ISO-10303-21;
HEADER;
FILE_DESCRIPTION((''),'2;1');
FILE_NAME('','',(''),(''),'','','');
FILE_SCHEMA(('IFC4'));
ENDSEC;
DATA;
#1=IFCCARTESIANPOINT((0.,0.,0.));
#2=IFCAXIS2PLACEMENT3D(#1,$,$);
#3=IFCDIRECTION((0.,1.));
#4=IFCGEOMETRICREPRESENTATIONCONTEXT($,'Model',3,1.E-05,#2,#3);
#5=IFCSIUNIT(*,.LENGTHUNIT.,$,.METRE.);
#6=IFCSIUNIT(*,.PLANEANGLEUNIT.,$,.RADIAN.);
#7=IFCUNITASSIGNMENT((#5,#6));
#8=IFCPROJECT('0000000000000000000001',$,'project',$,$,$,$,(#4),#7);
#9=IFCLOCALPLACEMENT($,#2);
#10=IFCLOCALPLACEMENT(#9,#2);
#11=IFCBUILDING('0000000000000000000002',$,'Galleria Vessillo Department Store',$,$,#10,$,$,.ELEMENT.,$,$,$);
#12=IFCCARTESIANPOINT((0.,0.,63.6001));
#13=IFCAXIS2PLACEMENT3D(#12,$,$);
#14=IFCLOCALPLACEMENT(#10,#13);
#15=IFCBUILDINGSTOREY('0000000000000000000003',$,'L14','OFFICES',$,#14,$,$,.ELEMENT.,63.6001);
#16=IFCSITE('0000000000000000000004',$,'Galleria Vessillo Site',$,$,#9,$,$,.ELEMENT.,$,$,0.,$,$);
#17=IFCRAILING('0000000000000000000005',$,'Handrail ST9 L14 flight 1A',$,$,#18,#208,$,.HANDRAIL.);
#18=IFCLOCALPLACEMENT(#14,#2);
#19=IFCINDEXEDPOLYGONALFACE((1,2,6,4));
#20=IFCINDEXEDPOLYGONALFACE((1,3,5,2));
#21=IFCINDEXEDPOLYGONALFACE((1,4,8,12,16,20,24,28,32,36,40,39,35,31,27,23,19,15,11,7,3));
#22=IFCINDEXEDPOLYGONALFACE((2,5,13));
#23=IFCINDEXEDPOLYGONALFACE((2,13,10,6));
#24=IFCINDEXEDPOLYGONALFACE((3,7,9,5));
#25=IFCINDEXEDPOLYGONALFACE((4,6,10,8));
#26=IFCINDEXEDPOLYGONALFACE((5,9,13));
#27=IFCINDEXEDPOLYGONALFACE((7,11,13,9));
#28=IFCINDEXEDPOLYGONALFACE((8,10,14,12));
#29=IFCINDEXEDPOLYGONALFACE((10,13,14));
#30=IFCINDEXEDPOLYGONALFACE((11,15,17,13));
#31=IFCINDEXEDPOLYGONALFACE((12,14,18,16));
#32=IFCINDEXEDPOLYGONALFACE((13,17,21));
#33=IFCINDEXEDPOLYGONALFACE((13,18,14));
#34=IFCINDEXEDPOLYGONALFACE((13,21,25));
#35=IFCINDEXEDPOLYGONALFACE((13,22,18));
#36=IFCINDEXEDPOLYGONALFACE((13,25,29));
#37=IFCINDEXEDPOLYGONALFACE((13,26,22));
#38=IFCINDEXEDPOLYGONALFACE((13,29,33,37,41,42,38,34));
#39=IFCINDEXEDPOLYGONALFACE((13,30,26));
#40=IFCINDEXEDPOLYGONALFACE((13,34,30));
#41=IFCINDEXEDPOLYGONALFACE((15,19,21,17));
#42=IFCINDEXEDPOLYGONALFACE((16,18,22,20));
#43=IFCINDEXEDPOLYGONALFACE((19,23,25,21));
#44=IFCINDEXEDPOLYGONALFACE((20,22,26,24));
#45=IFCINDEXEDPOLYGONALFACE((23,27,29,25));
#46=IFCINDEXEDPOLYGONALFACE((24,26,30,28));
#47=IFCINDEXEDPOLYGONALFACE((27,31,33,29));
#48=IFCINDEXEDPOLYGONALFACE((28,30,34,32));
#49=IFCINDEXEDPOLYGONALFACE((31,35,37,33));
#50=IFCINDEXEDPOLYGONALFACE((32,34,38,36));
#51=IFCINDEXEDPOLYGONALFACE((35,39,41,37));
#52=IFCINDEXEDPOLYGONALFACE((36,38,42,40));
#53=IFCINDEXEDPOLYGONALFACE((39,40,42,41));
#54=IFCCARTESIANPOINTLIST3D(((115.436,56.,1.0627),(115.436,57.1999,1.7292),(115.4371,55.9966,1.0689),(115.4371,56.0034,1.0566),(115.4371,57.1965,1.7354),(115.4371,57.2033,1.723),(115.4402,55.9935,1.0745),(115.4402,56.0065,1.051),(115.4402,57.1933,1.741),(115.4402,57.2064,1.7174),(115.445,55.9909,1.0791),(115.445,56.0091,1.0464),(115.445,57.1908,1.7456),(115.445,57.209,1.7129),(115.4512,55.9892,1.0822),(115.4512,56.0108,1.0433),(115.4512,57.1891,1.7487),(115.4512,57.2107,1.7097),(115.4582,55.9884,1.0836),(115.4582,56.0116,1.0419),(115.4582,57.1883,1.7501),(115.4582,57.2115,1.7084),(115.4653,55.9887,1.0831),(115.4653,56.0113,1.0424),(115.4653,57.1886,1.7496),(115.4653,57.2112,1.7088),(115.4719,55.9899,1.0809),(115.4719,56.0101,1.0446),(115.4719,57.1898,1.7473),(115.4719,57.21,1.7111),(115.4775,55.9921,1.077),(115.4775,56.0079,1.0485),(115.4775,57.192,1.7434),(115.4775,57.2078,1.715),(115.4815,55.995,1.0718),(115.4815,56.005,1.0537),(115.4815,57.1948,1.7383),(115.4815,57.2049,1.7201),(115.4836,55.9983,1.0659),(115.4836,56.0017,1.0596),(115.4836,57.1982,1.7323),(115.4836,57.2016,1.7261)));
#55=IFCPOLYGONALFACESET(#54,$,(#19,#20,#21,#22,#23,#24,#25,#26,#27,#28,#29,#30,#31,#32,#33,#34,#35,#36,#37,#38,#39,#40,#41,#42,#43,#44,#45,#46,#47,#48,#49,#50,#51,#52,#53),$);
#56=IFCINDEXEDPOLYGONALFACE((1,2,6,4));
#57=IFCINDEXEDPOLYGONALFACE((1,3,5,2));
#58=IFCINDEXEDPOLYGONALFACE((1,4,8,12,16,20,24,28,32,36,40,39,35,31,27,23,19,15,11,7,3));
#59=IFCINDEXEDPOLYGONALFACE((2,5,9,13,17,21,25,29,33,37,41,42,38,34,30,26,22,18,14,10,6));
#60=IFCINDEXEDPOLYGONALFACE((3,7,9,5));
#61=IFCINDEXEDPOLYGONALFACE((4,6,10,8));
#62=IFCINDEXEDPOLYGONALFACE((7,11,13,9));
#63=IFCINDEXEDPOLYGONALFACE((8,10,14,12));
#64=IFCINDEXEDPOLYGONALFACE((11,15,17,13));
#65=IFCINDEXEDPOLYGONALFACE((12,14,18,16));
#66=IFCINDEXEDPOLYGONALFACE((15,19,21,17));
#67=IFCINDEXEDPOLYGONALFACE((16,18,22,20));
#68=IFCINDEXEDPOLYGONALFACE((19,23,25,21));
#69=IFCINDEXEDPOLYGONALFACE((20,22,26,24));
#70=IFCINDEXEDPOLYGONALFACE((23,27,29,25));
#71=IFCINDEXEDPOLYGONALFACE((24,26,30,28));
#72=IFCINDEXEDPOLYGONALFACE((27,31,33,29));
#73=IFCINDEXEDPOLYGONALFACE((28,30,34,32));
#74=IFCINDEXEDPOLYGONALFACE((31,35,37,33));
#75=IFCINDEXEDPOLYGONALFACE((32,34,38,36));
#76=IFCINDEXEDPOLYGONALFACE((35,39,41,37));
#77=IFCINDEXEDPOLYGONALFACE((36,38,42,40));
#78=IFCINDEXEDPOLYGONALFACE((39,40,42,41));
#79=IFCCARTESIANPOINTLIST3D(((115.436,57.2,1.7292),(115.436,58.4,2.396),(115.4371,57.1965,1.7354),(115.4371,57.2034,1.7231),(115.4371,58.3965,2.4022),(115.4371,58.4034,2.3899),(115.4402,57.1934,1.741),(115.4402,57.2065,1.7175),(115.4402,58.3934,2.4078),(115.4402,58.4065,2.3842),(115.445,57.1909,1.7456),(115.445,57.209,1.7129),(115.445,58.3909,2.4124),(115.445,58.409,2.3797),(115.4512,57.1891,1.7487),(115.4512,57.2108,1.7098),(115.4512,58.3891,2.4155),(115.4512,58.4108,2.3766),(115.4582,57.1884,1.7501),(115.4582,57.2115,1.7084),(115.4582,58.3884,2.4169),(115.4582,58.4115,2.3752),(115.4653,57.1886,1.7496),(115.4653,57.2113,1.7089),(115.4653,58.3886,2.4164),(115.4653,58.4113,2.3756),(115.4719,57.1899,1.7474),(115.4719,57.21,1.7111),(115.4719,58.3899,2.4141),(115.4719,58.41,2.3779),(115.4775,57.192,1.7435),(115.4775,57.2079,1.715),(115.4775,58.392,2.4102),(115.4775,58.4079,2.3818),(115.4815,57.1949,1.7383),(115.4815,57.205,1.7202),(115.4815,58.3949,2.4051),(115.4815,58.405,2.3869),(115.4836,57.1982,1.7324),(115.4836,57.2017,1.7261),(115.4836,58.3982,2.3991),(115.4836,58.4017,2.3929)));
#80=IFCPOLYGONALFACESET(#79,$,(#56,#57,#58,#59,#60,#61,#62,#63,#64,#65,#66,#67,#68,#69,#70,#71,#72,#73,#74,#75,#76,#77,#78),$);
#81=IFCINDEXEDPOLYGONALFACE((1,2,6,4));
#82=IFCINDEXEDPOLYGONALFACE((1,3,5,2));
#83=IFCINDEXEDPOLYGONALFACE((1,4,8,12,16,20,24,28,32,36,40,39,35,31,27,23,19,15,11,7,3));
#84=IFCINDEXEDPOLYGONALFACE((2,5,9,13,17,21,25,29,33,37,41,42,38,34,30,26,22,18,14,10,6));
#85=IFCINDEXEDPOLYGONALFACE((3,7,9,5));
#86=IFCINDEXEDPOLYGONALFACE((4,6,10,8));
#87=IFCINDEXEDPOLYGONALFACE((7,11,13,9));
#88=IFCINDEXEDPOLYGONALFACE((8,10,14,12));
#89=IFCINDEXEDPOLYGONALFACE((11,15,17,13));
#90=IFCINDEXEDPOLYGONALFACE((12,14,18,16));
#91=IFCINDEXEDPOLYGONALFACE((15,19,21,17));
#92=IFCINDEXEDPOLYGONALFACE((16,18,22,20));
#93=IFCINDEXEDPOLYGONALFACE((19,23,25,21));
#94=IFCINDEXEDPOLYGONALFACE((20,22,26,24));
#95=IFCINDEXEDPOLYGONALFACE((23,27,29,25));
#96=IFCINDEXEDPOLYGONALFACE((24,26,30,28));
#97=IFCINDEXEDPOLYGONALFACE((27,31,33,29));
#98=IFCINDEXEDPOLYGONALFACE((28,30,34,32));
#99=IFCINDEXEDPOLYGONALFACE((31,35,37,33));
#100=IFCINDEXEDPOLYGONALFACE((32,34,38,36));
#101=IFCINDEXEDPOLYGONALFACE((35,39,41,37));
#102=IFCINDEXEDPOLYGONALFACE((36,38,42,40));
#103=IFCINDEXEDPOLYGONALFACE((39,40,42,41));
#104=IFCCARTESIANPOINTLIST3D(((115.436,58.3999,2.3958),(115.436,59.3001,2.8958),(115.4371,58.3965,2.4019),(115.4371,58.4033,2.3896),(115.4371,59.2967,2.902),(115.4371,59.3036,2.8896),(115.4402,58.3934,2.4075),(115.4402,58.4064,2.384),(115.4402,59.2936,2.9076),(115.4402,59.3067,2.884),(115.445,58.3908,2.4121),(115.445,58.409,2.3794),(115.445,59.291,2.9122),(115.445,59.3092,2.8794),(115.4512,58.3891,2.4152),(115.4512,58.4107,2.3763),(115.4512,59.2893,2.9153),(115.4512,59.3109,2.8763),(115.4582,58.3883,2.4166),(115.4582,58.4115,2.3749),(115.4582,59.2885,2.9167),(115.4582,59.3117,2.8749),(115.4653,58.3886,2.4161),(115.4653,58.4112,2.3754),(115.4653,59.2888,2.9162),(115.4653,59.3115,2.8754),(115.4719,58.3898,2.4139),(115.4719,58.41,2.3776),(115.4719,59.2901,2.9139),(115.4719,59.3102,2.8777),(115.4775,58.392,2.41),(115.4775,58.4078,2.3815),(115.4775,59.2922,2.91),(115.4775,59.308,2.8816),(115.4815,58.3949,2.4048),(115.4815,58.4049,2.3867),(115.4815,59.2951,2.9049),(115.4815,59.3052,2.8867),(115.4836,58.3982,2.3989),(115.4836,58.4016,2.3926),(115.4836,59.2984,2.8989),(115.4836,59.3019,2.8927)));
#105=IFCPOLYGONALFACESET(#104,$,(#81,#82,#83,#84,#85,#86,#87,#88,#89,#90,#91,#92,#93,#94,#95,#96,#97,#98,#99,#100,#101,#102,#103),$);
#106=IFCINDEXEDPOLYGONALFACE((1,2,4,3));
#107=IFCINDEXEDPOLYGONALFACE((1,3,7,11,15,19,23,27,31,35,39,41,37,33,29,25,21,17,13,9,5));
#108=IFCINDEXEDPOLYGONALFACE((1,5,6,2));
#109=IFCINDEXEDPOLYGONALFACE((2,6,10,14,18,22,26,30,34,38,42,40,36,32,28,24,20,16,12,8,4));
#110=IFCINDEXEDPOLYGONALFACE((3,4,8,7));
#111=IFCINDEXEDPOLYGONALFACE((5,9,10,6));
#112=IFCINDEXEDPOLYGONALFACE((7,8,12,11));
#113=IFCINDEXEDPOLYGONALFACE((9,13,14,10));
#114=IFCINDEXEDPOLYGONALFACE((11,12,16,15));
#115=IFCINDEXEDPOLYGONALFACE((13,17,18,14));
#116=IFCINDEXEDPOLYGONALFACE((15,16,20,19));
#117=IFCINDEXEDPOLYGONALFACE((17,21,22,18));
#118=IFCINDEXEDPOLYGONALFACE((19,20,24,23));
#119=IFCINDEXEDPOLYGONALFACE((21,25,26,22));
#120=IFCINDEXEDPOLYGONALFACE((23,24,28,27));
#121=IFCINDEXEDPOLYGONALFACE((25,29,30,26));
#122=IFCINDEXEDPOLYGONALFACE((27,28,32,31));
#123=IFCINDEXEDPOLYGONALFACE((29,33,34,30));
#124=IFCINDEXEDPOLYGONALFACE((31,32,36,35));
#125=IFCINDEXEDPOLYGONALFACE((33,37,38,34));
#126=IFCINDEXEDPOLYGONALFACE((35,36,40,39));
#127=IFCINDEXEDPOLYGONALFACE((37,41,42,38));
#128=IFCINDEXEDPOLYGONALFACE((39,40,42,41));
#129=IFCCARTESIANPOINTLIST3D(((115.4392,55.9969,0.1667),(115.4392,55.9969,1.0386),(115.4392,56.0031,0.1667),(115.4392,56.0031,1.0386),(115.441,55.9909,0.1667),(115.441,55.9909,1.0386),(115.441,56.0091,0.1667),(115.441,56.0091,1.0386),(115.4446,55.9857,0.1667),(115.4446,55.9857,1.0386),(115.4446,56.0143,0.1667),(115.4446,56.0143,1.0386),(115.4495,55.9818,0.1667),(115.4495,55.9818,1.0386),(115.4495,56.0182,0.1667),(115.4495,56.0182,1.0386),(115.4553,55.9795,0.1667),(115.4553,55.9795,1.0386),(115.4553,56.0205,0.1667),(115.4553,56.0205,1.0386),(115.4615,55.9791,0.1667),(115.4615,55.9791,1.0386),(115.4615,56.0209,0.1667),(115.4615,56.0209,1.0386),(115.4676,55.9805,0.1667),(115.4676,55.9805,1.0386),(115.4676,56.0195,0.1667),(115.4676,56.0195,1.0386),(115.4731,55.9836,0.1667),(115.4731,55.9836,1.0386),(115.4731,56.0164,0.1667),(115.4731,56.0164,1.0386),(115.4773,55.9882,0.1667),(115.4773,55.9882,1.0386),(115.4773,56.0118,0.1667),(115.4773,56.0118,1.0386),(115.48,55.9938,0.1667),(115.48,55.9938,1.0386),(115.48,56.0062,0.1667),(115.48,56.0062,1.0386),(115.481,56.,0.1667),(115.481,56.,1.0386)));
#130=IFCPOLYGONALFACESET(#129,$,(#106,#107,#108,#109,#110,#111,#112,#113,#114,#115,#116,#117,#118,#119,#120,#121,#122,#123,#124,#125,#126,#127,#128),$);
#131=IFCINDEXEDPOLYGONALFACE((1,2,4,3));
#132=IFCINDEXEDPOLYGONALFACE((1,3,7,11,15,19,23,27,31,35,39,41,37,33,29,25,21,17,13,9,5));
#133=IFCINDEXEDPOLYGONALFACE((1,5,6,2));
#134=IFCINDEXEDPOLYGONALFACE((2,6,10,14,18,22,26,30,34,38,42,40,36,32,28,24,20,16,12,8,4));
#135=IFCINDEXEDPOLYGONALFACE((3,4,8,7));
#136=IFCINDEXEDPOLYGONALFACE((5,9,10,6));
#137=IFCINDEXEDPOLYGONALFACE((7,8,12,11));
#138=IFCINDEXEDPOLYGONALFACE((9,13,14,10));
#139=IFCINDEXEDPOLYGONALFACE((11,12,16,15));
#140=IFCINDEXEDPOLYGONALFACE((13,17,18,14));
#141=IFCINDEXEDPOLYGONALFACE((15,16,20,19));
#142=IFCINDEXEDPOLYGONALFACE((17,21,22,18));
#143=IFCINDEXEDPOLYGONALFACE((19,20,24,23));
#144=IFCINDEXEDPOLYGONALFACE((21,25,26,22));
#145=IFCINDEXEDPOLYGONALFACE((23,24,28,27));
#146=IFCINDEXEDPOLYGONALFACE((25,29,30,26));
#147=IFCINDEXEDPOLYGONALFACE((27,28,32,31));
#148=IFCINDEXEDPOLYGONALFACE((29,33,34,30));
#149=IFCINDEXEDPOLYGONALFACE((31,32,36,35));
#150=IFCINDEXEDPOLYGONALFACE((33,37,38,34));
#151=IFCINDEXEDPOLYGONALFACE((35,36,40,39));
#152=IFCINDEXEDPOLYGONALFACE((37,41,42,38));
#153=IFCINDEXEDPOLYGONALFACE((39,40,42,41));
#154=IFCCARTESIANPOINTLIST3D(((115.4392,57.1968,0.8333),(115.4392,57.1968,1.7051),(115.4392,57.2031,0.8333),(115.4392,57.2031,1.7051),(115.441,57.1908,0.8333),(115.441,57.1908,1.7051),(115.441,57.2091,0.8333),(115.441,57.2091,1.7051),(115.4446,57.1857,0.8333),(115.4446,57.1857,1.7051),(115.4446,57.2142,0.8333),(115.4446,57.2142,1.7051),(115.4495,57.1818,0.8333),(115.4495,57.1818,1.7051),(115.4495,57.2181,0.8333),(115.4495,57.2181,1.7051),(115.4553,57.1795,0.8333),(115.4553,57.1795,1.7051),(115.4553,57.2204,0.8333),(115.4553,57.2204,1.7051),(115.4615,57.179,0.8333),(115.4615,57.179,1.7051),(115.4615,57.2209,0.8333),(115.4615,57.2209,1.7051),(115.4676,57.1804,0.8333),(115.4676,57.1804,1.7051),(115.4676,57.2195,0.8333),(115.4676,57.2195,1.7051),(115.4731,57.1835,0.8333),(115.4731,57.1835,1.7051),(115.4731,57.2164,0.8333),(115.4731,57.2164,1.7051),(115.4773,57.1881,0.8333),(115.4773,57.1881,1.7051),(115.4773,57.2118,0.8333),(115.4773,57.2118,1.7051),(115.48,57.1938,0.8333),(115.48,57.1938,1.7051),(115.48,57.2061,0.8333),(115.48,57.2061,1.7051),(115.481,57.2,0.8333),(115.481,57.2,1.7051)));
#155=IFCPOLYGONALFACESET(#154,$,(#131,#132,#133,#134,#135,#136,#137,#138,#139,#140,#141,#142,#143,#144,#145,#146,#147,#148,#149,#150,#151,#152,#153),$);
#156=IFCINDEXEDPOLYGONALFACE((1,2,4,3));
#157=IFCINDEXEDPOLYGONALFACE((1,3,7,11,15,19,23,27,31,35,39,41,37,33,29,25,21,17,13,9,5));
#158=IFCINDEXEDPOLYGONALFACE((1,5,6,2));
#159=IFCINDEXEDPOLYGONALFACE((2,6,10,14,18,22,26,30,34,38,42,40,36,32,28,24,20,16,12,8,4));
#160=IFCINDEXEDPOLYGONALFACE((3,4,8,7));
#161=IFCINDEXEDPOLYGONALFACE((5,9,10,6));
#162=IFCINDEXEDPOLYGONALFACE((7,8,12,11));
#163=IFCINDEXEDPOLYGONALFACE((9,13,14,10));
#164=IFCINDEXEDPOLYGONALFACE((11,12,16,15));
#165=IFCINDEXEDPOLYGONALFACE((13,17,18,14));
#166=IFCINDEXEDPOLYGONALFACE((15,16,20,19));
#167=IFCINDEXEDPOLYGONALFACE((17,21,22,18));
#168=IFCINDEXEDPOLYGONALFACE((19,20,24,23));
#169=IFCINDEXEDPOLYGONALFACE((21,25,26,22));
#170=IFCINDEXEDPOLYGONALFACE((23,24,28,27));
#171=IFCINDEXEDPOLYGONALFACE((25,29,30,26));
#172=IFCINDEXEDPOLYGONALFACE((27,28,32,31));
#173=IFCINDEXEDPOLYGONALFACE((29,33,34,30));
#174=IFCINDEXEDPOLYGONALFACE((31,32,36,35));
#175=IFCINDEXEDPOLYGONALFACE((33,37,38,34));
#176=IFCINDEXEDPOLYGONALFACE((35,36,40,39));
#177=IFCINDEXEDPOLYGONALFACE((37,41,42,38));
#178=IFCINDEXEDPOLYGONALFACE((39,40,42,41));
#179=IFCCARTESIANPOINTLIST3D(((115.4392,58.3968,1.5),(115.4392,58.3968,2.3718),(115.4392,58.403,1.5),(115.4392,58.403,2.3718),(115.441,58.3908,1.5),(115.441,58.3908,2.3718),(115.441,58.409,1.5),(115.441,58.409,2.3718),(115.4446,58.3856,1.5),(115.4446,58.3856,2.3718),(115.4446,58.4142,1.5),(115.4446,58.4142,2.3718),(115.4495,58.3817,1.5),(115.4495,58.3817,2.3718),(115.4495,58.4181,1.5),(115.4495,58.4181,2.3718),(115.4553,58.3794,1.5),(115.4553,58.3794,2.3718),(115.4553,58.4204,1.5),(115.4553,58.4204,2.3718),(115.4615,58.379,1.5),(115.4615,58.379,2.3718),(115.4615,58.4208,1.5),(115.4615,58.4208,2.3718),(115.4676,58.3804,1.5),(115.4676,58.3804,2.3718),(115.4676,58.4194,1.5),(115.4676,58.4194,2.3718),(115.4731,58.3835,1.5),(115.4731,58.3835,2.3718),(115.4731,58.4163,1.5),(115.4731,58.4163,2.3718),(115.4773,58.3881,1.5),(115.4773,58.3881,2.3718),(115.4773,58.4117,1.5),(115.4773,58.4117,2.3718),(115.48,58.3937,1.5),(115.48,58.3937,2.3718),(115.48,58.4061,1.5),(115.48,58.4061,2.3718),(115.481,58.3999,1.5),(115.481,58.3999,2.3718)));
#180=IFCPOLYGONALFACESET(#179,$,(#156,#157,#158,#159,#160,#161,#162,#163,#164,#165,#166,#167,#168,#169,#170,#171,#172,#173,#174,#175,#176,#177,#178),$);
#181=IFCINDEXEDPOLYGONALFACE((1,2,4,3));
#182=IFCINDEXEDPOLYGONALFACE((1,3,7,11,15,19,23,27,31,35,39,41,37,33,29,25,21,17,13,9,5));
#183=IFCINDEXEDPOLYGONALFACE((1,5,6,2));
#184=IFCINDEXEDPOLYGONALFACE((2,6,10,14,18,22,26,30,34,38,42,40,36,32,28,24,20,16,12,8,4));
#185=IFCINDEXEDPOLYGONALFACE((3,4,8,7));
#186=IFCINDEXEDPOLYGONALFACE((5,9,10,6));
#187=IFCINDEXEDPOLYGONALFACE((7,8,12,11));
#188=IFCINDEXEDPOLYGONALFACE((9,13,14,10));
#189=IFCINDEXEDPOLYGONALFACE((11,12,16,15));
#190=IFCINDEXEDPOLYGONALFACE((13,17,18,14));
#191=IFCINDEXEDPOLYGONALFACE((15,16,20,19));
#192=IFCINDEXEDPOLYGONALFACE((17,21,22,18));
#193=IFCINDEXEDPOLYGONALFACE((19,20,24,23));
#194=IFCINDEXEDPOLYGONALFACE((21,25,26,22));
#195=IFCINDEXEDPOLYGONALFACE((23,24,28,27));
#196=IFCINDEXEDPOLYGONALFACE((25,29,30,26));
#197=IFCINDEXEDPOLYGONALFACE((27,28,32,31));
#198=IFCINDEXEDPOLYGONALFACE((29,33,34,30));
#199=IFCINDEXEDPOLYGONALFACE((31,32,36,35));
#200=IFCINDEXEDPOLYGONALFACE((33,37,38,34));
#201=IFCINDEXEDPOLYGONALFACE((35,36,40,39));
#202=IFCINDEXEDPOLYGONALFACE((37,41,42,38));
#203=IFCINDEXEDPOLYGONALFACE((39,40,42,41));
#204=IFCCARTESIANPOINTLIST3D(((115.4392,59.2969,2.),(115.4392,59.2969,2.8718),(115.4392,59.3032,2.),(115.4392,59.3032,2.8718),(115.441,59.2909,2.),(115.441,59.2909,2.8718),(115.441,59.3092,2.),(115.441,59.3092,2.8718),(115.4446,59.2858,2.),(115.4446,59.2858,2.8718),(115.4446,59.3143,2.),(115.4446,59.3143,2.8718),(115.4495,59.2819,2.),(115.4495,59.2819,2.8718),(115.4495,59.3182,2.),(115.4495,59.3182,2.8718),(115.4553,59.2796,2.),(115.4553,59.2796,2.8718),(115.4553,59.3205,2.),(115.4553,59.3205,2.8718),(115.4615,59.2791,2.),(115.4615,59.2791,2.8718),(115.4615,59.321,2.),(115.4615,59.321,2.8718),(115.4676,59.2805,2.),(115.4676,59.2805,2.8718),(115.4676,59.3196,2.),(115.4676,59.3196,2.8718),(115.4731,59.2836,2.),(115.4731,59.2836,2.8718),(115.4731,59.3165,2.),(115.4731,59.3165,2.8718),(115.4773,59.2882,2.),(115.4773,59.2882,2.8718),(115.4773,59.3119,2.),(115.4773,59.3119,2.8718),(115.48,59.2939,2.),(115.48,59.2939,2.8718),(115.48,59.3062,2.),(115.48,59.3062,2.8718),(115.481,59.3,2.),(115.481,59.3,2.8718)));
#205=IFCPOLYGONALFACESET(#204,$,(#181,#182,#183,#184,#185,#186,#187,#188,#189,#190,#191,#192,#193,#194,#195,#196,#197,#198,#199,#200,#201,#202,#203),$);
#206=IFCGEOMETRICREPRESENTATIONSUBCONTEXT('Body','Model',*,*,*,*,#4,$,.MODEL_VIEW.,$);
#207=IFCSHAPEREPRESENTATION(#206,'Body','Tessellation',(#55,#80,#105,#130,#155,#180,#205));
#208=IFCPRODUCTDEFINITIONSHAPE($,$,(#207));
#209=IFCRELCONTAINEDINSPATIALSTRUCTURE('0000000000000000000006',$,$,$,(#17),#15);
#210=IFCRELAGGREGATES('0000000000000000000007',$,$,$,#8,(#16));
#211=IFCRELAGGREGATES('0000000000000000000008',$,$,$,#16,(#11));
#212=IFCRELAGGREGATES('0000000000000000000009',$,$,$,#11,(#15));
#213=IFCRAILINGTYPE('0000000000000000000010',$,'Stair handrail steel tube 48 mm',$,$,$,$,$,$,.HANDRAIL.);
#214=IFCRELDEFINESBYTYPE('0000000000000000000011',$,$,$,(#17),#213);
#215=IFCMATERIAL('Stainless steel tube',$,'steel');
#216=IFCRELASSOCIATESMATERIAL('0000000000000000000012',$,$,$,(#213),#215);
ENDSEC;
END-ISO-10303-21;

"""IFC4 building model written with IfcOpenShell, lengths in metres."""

from ifc_helpers import new_model, si_unit, direction, frame, origin, origin_2d, place, context, subcontext, project, spatial, circle, extrude, material, type_object, element, save


model = new_model("IFC4")

# Units and contexts
model_context = context("Model", 3, precision=1e-05, world=origin(), true_north=direction((0.0, 1.0)))
body_context = subcontext(model_context, "Body", "Model", "MODEL_VIEW")
ifc_project = project(units=[si_unit("LENGTHUNIT", "METRE"), si_unit("PLANEANGLEUNIT", "RADIAN")], contexts=[model_context])

# Site, building, storey
site_placement = place(None, origin())
site = spatial("IfcSite", under=ifc_project, at=site_placement, Name="Galleria Vessillo Site", CompositionType="ELEMENT", RefElevation=0.0)
building_placement = place(site_placement, origin())
building = spatial("IfcBuilding", under=site, at=building_placement, Name="Galleria Vessillo Department Store", CompositionType="ELEMENT")
storey_placement = place(building_placement, frame((0.0, 0.0, 63.6001)))
storey = spatial("IfcBuildingStorey", under=building, at=storey_placement, Name="L14", Description="OFFICES", CompositionType="ELEMENT", Elevation=63.6001)

# Railing
ifc_material_1 = material(Name="Stainless steel tube", Category="steel")
railing_type = type_object("IfcRailingType", Name="Stair handrail steel tube 48 mm", PredefinedType="HANDRAIL", material=ifc_material_1)
for number, where, name in (
    (1, (115.46, 56.0, 0.1667), "Handrail ST9 L14 flight 1A"),
):
    element("IfcRailing", number, at=place(storey_placement, frame(where)), inside=storey, type_object=railing_type, Name=name, PredefinedType="HANDRAIL", context=body_context, shape_type="SweptSolid", body=[
        extrude(circle(Radius=0.0239, at=origin_2d()), frame((0.0, 0.0, 0.896), z_axis=(0.0, 0.874199, 0.485567), x_axis=(-1.0, 0.0, 0.0)), (0.0, 0.0, 1.0), 1.3726),
        extrude(circle(Radius=0.0239, at=origin_2d()), frame((0.0, 1.2, 1.5625), z_axis=(0.0, 0.874124, 0.485703), x_axis=(-1.0, 0.0, 0.0)), (0.0, 0.0, 1.0), 1.3728),
        extrude(circle(Radius=0.0239, at=origin_2d()), frame((0.0, 2.3999, 2.229), z_axis=(0.0, 0.874191, 0.485583), x_axis=(-1.0, 0.0, 0.0)), (0.0, 0.0, 1.0), 1.0298),
        extrude(circle(Radius=0.021, at=origin_2d()), origin(), (0.0, 0.0, 1.0), 0.8718),
        extrude(circle(Radius=0.021, at=origin_2d()), frame((0.0, 1.2, 0.6665)), (0.0, 0.0, 1.0), 0.8718),
        extrude(circle(Radius=0.021, at=origin_2d()), frame((0.0, 2.3999, 1.3333)), (0.0, 0.0, 1.0), 0.8718),
        extrude(circle(Radius=0.021, at=origin_2d()), frame((0.0, 3.3, 1.8333)), (0.0, 0.0, 1.0), 0.8718),
    ])

save(model, "model.ifc")
